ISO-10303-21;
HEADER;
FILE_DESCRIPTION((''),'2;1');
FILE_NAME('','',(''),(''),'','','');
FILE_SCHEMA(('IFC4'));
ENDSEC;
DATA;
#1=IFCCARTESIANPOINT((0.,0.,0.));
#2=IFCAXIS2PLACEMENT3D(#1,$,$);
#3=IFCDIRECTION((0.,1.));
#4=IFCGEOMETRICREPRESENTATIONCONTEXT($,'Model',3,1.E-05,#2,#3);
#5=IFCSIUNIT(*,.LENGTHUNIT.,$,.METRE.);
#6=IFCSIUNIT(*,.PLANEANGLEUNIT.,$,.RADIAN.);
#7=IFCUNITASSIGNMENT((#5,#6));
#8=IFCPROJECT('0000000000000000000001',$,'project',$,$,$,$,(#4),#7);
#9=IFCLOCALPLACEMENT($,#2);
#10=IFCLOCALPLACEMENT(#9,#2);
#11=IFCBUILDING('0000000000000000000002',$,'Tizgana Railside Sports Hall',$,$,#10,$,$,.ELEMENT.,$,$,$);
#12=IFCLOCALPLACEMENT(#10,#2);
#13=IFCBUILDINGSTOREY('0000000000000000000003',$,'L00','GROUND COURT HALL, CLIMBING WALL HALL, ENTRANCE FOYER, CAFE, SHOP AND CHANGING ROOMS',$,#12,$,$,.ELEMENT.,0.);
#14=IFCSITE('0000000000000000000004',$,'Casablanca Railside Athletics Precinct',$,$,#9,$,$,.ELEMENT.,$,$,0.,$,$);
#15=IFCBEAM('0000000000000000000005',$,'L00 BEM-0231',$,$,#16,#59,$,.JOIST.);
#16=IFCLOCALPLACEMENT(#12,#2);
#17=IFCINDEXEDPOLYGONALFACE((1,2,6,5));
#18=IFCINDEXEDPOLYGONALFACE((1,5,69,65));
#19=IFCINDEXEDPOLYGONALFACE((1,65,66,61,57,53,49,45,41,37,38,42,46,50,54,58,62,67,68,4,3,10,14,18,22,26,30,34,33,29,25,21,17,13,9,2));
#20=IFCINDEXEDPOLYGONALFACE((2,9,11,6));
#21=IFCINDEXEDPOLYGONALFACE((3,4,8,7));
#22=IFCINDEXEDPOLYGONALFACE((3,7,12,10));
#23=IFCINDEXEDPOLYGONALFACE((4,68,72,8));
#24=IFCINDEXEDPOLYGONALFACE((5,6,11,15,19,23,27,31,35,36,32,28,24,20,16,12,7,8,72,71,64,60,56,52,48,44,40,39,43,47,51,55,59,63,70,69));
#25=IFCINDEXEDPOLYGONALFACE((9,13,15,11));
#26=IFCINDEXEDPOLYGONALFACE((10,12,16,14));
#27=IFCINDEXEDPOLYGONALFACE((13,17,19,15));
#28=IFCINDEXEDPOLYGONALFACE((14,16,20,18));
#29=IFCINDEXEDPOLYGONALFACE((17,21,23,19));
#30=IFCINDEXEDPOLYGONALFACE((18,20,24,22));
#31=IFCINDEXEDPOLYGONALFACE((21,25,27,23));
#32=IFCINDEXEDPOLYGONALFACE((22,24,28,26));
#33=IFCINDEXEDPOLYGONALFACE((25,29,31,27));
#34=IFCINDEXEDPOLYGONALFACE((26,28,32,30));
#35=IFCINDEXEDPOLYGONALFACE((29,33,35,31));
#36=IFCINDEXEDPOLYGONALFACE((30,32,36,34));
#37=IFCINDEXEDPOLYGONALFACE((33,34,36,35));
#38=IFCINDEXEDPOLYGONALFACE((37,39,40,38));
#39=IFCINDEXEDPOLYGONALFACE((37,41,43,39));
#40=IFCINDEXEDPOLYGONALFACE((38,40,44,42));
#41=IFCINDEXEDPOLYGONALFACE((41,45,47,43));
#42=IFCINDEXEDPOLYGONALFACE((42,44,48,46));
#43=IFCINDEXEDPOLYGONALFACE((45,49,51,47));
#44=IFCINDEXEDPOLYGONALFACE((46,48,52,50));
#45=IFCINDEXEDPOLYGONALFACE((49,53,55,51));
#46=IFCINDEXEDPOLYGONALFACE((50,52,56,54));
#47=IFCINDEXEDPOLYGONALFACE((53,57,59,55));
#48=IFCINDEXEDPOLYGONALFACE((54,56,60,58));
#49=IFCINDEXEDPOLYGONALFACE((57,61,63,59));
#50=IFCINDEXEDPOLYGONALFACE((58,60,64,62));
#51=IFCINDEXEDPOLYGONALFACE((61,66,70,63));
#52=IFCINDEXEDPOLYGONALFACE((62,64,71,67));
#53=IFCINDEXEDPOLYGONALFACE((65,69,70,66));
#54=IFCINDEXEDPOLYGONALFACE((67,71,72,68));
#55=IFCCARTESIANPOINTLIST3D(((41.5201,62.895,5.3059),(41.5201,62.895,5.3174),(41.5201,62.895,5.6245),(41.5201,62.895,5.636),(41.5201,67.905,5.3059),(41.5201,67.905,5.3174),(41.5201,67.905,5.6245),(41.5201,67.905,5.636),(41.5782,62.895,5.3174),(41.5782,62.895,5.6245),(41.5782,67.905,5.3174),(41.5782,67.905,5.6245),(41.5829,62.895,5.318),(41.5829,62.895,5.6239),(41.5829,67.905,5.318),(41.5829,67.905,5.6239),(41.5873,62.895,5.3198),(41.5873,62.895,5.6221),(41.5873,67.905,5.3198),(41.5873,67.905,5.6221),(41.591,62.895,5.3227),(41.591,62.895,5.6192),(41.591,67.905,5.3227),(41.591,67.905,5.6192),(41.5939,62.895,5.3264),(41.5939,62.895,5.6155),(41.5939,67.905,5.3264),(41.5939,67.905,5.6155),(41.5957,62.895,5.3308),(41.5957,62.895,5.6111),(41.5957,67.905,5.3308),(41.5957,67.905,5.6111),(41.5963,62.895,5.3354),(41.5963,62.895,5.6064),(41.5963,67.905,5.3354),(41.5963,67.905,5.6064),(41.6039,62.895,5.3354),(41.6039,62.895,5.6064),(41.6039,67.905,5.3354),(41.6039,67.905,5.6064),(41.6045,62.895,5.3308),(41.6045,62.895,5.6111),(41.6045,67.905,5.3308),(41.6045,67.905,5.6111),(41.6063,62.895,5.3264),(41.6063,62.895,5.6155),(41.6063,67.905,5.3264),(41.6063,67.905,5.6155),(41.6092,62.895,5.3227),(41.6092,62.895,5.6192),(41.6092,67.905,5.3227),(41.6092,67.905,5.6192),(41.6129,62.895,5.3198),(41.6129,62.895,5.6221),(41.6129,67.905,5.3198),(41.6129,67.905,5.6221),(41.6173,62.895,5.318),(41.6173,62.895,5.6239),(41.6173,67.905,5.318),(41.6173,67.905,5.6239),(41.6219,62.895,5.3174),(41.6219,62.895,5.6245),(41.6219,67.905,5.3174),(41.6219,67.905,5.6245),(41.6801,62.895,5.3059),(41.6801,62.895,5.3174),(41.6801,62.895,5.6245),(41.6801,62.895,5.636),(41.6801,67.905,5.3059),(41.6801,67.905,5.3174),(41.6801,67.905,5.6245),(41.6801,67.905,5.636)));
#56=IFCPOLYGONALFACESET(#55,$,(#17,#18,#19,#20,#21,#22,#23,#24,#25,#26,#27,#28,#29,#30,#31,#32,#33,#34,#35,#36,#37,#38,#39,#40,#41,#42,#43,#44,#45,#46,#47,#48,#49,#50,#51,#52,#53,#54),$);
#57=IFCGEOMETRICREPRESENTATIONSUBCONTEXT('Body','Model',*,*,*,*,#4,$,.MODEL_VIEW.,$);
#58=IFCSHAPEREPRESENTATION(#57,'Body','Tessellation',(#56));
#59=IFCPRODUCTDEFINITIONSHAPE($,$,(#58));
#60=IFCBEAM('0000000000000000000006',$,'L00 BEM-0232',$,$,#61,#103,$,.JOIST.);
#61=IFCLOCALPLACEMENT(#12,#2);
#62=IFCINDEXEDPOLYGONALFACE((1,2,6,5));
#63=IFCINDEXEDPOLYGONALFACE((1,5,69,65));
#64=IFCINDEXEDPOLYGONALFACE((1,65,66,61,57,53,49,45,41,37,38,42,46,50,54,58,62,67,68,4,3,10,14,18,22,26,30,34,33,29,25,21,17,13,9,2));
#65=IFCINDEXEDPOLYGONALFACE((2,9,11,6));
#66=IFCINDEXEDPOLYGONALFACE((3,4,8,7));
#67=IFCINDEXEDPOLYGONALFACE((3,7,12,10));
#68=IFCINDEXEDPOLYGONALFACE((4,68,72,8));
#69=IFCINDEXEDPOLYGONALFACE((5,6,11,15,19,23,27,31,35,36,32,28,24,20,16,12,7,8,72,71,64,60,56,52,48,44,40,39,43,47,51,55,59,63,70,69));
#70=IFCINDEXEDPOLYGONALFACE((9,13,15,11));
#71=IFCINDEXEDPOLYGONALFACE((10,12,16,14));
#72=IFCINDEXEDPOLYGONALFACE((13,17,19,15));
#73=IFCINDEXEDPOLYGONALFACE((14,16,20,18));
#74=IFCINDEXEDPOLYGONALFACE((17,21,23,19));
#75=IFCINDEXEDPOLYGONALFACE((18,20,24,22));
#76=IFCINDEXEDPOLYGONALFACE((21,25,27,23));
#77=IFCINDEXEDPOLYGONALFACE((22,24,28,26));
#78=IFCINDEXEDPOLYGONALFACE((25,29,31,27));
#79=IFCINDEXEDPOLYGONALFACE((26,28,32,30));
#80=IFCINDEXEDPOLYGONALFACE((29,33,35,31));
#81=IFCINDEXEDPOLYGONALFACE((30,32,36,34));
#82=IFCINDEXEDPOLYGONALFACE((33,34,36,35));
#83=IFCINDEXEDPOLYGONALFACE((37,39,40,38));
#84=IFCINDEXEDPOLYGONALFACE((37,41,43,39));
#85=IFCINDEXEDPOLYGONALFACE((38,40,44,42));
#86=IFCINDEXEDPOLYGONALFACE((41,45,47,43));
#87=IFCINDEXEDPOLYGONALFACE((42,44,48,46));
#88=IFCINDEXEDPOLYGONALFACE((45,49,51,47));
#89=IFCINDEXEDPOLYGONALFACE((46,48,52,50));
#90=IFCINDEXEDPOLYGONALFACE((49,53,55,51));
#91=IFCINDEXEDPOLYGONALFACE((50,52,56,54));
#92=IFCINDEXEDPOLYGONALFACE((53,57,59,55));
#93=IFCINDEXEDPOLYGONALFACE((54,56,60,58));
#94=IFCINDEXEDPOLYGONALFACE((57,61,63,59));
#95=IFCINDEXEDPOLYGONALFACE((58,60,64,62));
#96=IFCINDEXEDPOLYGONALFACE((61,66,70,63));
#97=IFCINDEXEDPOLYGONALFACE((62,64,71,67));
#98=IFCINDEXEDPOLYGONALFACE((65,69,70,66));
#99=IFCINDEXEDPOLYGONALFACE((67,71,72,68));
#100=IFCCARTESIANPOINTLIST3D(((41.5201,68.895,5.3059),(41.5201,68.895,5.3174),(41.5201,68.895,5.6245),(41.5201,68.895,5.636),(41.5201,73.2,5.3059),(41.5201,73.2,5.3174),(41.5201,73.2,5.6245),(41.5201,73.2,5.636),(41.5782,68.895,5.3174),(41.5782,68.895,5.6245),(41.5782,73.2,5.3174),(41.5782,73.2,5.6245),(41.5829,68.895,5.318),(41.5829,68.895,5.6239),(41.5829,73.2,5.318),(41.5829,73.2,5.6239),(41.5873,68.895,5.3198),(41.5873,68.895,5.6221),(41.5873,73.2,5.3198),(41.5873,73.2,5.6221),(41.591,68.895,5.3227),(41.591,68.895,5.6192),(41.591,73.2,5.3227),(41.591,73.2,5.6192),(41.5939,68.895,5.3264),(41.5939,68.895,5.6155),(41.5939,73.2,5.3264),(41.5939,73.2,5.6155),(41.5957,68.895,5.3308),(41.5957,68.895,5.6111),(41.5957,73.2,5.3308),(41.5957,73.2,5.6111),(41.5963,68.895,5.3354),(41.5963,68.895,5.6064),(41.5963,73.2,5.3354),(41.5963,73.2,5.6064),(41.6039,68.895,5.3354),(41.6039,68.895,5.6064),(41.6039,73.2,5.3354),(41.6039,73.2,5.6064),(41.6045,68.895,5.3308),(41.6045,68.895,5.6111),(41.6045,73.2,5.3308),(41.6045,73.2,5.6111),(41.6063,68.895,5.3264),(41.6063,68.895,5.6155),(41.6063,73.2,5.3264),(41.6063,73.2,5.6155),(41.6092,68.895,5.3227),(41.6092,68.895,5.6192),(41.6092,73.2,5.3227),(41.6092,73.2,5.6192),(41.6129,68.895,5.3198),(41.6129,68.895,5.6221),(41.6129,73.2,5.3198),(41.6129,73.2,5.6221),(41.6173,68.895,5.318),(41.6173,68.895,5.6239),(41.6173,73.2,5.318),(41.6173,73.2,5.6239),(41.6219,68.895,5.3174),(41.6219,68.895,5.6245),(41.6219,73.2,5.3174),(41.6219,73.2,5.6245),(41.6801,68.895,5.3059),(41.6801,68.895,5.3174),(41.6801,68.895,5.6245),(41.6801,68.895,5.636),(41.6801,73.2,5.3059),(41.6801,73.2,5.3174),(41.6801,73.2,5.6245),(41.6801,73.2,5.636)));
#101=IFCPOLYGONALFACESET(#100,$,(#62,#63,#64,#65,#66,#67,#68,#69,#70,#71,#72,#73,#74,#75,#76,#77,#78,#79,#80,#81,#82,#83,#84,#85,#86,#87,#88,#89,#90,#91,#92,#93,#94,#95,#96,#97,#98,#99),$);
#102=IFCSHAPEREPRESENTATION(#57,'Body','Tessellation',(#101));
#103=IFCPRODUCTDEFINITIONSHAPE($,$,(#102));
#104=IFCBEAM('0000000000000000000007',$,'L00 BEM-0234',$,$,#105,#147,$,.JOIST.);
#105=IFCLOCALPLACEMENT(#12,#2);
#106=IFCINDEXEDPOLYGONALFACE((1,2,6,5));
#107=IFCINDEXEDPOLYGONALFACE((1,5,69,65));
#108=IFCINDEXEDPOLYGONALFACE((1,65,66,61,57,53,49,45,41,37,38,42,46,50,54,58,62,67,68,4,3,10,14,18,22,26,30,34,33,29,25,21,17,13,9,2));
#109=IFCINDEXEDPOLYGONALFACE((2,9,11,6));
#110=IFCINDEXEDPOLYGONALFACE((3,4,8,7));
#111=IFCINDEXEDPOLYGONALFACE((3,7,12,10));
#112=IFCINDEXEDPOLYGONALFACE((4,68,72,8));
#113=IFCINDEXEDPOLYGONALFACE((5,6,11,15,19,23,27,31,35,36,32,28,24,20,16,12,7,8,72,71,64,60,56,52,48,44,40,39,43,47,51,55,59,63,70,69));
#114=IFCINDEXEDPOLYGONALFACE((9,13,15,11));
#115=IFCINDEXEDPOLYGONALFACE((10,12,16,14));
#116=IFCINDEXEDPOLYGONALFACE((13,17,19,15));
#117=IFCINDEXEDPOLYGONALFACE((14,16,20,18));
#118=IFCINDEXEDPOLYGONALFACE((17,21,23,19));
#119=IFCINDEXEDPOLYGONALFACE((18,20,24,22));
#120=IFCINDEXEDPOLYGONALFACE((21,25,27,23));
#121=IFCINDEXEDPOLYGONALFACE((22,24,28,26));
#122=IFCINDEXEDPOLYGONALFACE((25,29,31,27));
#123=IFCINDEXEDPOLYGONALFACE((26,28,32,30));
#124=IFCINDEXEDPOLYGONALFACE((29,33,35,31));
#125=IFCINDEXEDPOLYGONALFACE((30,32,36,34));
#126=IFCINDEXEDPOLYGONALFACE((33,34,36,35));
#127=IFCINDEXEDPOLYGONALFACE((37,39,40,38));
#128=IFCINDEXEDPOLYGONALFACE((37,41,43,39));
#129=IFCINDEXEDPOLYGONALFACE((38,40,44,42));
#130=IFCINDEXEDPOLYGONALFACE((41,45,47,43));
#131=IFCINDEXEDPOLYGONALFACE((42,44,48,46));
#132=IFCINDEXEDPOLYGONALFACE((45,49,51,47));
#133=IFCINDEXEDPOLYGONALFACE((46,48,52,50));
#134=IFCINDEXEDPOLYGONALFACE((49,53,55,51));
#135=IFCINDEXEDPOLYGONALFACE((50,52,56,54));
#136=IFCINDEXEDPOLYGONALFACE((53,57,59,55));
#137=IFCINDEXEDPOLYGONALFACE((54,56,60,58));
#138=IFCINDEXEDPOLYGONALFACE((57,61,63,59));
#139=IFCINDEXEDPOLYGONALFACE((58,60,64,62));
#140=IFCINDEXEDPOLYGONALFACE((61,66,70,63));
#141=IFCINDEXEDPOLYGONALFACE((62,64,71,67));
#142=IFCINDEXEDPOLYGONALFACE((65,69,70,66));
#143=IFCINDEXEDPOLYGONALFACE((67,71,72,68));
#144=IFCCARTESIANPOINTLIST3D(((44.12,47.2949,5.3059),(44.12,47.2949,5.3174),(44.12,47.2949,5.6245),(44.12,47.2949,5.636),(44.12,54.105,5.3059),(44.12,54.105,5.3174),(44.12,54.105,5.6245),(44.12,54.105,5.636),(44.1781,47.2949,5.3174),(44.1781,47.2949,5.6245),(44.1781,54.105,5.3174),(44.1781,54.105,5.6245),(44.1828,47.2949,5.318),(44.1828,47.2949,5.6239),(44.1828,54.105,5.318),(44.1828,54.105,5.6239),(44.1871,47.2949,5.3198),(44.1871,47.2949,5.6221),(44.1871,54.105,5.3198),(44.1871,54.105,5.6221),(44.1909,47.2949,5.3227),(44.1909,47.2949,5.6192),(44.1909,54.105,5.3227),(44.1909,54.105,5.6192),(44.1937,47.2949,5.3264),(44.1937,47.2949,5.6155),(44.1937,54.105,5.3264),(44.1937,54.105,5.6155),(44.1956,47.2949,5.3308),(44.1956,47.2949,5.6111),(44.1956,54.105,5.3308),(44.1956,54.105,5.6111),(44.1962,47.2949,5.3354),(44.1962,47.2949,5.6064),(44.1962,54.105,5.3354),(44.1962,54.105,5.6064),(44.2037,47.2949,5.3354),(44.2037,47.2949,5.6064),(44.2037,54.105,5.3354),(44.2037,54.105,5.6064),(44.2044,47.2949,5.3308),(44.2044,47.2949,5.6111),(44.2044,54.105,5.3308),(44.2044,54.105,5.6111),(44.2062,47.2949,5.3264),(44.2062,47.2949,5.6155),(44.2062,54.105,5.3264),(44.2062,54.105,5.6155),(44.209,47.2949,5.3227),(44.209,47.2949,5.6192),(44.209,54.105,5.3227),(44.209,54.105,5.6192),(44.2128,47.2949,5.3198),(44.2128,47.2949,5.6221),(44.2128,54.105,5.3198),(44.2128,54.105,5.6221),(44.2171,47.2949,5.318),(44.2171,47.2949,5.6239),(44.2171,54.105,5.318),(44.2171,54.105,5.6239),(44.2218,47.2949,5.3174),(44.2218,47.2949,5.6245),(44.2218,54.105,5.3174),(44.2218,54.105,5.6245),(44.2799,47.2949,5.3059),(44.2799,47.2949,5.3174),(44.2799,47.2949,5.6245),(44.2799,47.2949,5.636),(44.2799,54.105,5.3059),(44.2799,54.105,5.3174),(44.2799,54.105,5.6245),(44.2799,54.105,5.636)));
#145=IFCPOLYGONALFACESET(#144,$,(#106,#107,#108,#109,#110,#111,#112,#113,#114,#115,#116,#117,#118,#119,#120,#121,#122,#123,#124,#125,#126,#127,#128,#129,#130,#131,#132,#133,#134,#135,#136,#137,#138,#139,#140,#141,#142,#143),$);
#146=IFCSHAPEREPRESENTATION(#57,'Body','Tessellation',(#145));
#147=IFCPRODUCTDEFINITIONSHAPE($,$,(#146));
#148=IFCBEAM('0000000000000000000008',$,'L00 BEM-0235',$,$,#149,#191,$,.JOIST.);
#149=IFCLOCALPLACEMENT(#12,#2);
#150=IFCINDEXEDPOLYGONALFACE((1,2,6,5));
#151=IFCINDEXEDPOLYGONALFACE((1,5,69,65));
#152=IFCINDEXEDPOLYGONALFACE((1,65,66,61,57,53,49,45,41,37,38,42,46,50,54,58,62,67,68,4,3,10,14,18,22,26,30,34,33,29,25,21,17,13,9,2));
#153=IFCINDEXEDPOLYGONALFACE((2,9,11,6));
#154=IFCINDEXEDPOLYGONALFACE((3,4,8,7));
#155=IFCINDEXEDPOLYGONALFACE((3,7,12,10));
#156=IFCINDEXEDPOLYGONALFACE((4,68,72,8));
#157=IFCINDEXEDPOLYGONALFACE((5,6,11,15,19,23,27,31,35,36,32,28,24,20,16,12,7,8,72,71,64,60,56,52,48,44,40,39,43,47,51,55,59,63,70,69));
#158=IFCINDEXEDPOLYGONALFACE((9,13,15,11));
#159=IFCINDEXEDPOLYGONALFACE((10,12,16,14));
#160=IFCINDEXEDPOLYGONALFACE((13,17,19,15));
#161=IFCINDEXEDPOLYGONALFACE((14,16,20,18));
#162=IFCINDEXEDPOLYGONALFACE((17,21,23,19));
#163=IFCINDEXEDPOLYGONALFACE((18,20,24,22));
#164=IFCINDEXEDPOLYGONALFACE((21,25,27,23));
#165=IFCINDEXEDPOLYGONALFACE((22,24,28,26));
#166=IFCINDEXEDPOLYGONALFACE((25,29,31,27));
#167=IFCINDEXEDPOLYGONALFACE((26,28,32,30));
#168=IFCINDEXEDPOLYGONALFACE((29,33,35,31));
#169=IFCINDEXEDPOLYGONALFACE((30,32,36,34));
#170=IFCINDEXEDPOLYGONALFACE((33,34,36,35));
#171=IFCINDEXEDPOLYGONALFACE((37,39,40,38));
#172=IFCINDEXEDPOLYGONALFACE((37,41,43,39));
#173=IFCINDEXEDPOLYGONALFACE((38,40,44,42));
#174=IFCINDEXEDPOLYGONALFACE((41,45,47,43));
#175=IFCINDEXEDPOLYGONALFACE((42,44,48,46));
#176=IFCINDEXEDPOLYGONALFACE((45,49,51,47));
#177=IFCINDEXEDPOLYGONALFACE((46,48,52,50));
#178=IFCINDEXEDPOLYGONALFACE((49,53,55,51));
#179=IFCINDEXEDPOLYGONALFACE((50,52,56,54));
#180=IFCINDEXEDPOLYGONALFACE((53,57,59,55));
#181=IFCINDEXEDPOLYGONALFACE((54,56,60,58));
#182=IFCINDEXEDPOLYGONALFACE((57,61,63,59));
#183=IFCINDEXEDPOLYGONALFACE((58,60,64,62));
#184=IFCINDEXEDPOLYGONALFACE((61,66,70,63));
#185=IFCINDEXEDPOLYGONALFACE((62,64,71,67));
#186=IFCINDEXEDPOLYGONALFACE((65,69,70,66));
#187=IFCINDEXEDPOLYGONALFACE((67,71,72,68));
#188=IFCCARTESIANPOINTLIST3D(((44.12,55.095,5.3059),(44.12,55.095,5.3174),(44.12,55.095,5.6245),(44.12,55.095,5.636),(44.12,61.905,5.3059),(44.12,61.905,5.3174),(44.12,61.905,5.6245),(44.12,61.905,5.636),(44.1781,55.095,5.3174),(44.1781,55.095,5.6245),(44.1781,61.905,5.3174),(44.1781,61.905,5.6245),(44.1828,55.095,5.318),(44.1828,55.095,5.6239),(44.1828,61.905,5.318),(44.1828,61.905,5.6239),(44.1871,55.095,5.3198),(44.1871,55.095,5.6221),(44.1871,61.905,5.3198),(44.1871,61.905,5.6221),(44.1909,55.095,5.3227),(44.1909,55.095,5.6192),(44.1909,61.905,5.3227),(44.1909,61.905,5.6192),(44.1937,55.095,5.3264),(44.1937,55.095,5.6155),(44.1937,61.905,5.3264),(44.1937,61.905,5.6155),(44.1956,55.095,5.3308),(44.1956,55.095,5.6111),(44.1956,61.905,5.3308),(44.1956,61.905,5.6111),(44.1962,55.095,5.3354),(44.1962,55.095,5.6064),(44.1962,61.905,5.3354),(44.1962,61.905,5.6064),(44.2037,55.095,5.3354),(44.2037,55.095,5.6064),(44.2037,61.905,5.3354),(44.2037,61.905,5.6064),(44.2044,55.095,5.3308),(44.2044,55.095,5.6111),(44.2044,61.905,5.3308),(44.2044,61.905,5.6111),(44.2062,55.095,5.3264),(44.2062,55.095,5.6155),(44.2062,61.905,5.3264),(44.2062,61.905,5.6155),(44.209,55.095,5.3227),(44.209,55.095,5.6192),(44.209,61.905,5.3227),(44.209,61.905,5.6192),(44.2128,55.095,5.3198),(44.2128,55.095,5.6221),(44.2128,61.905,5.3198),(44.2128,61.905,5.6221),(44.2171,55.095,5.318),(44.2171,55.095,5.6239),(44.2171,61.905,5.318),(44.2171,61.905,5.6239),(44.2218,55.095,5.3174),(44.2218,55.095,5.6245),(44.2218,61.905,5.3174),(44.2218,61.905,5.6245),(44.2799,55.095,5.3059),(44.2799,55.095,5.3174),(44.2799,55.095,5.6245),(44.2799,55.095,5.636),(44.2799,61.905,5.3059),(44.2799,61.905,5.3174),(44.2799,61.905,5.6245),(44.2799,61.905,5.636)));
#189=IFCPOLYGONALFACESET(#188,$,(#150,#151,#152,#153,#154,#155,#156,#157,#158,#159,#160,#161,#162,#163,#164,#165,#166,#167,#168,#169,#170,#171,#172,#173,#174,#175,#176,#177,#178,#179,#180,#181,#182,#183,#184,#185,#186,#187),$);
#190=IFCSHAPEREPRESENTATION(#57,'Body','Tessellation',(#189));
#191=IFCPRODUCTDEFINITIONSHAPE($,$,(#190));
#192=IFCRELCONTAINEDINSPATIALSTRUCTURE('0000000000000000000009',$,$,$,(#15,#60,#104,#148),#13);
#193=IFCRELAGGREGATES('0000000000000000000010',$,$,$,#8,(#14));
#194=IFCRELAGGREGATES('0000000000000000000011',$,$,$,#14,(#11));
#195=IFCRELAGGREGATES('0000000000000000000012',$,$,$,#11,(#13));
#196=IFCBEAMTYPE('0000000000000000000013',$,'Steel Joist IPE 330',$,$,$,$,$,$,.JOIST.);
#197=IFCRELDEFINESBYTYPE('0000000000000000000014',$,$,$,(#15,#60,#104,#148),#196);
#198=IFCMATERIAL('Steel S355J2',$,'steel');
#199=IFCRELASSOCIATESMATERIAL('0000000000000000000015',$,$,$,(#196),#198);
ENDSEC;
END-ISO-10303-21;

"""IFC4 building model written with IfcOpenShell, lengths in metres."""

from ifc_helpers import new_model, si_unit, direction, frame, origin, origin_2d, place, context, subcontext, project, spatial, i_section, extrude, material, material_profile, profile_set, type_object, element, save


model = new_model("IFC4")

# Units and contexts
model_context = context("Model", 3, precision=1e-05, world=origin(), true_north=direction((0.0, 1.0)))
body_context = subcontext(model_context, "Body", "Model", "MODEL_VIEW")
ifc_project = project(units=[si_unit("LENGTHUNIT", "METRE"), si_unit("PLANEANGLEUNIT", "RADIAN")], contexts=[model_context])

# Site, building, storey
site_placement = place(None, origin())
site = spatial("IfcSite", under=ifc_project, at=site_placement, Name="Casablanca Railside Athletics Precinct", CompositionType="ELEMENT", RefElevation=0.0)
building_placement = place(site_placement, origin())
building = spatial("IfcBuilding", under=site, at=building_placement, Name="Tizgana Railside Sports Hall", CompositionType="ELEMENT")
storey_placement = place(building_placement, origin())
storey = spatial("IfcBuildingStorey", under=building, at=storey_placement, Name="L00", Description="GROUND COURT HALL, CLIMBING WALL HALL, ENTRANCE FOYER, CAFE, SHOP AND CHANGING ROOMS", CompositionType="ELEMENT", Elevation=0.0)

# Shared definitions
ifc_material_1 = material(Name="Steel S355J2", Category="steel")

# Beams
ifc_material_profile_1 = material_profile(ifc_material_1, i_section(OverallWidth=0.1599, OverallDepth=0.3301, WebThickness=0.0076, FlangeThickness=0.0115, FilletRadius=0.0181, at=origin_2d()), Name="IPE 330")
ifc_profile_set_1 = profile_set([ifc_material_profile_1], Name="Steel S355J2")
beam_type_1 = type_object("IfcBeamType", Name="Steel Joist IPE 330", PredefinedType="JOIST", material=ifc_profile_set_1)
beam_1_placement = place(storey_placement, frame((41.6001, 62.895, 5.4709), z_axis=(0.0, 1.0, 0.0), x_axis=(-1.0, 0.0, 0.0)))
element("IfcBeam", 1, at=beam_1_placement, inside=storey, type_object=beam_type_1, Name="L00 BEM-0231", PredefinedType="JOIST", context=body_context, shape_type="SweptSolid", body=[
    extrude(i_section(OverallWidth=0.1599, OverallDepth=0.3301, WebThickness=0.0076, FlangeThickness=0.0115, FilletRadius=0.0181, at=origin_2d()), origin(), (0.0, 0.0, 1.0), 5.01),
])
beam_2_placement = place(storey_placement, frame((41.6001, 68.895, 5.4709), z_axis=(0.0, 1.0, 0.0), x_axis=(-1.0, 0.0, 0.0)))
element("IfcBeam", 2, at=beam_2_placement, inside=storey, type_object=beam_type_1, Name="L00 BEM-0232", PredefinedType="JOIST", context=body_context, shape_type="SweptSolid", body=[
    extrude(i_section(OverallWidth=0.1599, OverallDepth=0.3301, WebThickness=0.0076, FlangeThickness=0.0115, FilletRadius=0.0181, at=origin_2d()), origin(), (0.0, 0.0, 1.0), 4.3049),
])
for number, where, z_axis, x_axis, name in (
    (3, (44.2, 47.2949, 5.4709), (0.0, 1.0, 0.0), (-1.0, 0.0, 0.0), "L00 BEM-0234"),
    (4, (44.2, 55.095, 5.4709), (0.0, 1.0, 0.0), (-1.0, 0.0, 0.0), "L00 BEM-0235"),
):
    element("IfcBeam", number, at=place(storey_placement, frame(where, z_axis=z_axis, x_axis=x_axis)), inside=storey, type_object=beam_type_1, Name=name, PredefinedType="JOIST", context=body_context, shape_type="SweptSolid", body=[
        extrude(i_section(OverallWidth=0.1599, OverallDepth=0.3301, WebThickness=0.0076, FlangeThickness=0.0115, FilletRadius=0.0181, at=origin_2d()), origin(), (0.0, 0.0, 1.0), 6.8101),
    ])

save(model, "model.ifc")
